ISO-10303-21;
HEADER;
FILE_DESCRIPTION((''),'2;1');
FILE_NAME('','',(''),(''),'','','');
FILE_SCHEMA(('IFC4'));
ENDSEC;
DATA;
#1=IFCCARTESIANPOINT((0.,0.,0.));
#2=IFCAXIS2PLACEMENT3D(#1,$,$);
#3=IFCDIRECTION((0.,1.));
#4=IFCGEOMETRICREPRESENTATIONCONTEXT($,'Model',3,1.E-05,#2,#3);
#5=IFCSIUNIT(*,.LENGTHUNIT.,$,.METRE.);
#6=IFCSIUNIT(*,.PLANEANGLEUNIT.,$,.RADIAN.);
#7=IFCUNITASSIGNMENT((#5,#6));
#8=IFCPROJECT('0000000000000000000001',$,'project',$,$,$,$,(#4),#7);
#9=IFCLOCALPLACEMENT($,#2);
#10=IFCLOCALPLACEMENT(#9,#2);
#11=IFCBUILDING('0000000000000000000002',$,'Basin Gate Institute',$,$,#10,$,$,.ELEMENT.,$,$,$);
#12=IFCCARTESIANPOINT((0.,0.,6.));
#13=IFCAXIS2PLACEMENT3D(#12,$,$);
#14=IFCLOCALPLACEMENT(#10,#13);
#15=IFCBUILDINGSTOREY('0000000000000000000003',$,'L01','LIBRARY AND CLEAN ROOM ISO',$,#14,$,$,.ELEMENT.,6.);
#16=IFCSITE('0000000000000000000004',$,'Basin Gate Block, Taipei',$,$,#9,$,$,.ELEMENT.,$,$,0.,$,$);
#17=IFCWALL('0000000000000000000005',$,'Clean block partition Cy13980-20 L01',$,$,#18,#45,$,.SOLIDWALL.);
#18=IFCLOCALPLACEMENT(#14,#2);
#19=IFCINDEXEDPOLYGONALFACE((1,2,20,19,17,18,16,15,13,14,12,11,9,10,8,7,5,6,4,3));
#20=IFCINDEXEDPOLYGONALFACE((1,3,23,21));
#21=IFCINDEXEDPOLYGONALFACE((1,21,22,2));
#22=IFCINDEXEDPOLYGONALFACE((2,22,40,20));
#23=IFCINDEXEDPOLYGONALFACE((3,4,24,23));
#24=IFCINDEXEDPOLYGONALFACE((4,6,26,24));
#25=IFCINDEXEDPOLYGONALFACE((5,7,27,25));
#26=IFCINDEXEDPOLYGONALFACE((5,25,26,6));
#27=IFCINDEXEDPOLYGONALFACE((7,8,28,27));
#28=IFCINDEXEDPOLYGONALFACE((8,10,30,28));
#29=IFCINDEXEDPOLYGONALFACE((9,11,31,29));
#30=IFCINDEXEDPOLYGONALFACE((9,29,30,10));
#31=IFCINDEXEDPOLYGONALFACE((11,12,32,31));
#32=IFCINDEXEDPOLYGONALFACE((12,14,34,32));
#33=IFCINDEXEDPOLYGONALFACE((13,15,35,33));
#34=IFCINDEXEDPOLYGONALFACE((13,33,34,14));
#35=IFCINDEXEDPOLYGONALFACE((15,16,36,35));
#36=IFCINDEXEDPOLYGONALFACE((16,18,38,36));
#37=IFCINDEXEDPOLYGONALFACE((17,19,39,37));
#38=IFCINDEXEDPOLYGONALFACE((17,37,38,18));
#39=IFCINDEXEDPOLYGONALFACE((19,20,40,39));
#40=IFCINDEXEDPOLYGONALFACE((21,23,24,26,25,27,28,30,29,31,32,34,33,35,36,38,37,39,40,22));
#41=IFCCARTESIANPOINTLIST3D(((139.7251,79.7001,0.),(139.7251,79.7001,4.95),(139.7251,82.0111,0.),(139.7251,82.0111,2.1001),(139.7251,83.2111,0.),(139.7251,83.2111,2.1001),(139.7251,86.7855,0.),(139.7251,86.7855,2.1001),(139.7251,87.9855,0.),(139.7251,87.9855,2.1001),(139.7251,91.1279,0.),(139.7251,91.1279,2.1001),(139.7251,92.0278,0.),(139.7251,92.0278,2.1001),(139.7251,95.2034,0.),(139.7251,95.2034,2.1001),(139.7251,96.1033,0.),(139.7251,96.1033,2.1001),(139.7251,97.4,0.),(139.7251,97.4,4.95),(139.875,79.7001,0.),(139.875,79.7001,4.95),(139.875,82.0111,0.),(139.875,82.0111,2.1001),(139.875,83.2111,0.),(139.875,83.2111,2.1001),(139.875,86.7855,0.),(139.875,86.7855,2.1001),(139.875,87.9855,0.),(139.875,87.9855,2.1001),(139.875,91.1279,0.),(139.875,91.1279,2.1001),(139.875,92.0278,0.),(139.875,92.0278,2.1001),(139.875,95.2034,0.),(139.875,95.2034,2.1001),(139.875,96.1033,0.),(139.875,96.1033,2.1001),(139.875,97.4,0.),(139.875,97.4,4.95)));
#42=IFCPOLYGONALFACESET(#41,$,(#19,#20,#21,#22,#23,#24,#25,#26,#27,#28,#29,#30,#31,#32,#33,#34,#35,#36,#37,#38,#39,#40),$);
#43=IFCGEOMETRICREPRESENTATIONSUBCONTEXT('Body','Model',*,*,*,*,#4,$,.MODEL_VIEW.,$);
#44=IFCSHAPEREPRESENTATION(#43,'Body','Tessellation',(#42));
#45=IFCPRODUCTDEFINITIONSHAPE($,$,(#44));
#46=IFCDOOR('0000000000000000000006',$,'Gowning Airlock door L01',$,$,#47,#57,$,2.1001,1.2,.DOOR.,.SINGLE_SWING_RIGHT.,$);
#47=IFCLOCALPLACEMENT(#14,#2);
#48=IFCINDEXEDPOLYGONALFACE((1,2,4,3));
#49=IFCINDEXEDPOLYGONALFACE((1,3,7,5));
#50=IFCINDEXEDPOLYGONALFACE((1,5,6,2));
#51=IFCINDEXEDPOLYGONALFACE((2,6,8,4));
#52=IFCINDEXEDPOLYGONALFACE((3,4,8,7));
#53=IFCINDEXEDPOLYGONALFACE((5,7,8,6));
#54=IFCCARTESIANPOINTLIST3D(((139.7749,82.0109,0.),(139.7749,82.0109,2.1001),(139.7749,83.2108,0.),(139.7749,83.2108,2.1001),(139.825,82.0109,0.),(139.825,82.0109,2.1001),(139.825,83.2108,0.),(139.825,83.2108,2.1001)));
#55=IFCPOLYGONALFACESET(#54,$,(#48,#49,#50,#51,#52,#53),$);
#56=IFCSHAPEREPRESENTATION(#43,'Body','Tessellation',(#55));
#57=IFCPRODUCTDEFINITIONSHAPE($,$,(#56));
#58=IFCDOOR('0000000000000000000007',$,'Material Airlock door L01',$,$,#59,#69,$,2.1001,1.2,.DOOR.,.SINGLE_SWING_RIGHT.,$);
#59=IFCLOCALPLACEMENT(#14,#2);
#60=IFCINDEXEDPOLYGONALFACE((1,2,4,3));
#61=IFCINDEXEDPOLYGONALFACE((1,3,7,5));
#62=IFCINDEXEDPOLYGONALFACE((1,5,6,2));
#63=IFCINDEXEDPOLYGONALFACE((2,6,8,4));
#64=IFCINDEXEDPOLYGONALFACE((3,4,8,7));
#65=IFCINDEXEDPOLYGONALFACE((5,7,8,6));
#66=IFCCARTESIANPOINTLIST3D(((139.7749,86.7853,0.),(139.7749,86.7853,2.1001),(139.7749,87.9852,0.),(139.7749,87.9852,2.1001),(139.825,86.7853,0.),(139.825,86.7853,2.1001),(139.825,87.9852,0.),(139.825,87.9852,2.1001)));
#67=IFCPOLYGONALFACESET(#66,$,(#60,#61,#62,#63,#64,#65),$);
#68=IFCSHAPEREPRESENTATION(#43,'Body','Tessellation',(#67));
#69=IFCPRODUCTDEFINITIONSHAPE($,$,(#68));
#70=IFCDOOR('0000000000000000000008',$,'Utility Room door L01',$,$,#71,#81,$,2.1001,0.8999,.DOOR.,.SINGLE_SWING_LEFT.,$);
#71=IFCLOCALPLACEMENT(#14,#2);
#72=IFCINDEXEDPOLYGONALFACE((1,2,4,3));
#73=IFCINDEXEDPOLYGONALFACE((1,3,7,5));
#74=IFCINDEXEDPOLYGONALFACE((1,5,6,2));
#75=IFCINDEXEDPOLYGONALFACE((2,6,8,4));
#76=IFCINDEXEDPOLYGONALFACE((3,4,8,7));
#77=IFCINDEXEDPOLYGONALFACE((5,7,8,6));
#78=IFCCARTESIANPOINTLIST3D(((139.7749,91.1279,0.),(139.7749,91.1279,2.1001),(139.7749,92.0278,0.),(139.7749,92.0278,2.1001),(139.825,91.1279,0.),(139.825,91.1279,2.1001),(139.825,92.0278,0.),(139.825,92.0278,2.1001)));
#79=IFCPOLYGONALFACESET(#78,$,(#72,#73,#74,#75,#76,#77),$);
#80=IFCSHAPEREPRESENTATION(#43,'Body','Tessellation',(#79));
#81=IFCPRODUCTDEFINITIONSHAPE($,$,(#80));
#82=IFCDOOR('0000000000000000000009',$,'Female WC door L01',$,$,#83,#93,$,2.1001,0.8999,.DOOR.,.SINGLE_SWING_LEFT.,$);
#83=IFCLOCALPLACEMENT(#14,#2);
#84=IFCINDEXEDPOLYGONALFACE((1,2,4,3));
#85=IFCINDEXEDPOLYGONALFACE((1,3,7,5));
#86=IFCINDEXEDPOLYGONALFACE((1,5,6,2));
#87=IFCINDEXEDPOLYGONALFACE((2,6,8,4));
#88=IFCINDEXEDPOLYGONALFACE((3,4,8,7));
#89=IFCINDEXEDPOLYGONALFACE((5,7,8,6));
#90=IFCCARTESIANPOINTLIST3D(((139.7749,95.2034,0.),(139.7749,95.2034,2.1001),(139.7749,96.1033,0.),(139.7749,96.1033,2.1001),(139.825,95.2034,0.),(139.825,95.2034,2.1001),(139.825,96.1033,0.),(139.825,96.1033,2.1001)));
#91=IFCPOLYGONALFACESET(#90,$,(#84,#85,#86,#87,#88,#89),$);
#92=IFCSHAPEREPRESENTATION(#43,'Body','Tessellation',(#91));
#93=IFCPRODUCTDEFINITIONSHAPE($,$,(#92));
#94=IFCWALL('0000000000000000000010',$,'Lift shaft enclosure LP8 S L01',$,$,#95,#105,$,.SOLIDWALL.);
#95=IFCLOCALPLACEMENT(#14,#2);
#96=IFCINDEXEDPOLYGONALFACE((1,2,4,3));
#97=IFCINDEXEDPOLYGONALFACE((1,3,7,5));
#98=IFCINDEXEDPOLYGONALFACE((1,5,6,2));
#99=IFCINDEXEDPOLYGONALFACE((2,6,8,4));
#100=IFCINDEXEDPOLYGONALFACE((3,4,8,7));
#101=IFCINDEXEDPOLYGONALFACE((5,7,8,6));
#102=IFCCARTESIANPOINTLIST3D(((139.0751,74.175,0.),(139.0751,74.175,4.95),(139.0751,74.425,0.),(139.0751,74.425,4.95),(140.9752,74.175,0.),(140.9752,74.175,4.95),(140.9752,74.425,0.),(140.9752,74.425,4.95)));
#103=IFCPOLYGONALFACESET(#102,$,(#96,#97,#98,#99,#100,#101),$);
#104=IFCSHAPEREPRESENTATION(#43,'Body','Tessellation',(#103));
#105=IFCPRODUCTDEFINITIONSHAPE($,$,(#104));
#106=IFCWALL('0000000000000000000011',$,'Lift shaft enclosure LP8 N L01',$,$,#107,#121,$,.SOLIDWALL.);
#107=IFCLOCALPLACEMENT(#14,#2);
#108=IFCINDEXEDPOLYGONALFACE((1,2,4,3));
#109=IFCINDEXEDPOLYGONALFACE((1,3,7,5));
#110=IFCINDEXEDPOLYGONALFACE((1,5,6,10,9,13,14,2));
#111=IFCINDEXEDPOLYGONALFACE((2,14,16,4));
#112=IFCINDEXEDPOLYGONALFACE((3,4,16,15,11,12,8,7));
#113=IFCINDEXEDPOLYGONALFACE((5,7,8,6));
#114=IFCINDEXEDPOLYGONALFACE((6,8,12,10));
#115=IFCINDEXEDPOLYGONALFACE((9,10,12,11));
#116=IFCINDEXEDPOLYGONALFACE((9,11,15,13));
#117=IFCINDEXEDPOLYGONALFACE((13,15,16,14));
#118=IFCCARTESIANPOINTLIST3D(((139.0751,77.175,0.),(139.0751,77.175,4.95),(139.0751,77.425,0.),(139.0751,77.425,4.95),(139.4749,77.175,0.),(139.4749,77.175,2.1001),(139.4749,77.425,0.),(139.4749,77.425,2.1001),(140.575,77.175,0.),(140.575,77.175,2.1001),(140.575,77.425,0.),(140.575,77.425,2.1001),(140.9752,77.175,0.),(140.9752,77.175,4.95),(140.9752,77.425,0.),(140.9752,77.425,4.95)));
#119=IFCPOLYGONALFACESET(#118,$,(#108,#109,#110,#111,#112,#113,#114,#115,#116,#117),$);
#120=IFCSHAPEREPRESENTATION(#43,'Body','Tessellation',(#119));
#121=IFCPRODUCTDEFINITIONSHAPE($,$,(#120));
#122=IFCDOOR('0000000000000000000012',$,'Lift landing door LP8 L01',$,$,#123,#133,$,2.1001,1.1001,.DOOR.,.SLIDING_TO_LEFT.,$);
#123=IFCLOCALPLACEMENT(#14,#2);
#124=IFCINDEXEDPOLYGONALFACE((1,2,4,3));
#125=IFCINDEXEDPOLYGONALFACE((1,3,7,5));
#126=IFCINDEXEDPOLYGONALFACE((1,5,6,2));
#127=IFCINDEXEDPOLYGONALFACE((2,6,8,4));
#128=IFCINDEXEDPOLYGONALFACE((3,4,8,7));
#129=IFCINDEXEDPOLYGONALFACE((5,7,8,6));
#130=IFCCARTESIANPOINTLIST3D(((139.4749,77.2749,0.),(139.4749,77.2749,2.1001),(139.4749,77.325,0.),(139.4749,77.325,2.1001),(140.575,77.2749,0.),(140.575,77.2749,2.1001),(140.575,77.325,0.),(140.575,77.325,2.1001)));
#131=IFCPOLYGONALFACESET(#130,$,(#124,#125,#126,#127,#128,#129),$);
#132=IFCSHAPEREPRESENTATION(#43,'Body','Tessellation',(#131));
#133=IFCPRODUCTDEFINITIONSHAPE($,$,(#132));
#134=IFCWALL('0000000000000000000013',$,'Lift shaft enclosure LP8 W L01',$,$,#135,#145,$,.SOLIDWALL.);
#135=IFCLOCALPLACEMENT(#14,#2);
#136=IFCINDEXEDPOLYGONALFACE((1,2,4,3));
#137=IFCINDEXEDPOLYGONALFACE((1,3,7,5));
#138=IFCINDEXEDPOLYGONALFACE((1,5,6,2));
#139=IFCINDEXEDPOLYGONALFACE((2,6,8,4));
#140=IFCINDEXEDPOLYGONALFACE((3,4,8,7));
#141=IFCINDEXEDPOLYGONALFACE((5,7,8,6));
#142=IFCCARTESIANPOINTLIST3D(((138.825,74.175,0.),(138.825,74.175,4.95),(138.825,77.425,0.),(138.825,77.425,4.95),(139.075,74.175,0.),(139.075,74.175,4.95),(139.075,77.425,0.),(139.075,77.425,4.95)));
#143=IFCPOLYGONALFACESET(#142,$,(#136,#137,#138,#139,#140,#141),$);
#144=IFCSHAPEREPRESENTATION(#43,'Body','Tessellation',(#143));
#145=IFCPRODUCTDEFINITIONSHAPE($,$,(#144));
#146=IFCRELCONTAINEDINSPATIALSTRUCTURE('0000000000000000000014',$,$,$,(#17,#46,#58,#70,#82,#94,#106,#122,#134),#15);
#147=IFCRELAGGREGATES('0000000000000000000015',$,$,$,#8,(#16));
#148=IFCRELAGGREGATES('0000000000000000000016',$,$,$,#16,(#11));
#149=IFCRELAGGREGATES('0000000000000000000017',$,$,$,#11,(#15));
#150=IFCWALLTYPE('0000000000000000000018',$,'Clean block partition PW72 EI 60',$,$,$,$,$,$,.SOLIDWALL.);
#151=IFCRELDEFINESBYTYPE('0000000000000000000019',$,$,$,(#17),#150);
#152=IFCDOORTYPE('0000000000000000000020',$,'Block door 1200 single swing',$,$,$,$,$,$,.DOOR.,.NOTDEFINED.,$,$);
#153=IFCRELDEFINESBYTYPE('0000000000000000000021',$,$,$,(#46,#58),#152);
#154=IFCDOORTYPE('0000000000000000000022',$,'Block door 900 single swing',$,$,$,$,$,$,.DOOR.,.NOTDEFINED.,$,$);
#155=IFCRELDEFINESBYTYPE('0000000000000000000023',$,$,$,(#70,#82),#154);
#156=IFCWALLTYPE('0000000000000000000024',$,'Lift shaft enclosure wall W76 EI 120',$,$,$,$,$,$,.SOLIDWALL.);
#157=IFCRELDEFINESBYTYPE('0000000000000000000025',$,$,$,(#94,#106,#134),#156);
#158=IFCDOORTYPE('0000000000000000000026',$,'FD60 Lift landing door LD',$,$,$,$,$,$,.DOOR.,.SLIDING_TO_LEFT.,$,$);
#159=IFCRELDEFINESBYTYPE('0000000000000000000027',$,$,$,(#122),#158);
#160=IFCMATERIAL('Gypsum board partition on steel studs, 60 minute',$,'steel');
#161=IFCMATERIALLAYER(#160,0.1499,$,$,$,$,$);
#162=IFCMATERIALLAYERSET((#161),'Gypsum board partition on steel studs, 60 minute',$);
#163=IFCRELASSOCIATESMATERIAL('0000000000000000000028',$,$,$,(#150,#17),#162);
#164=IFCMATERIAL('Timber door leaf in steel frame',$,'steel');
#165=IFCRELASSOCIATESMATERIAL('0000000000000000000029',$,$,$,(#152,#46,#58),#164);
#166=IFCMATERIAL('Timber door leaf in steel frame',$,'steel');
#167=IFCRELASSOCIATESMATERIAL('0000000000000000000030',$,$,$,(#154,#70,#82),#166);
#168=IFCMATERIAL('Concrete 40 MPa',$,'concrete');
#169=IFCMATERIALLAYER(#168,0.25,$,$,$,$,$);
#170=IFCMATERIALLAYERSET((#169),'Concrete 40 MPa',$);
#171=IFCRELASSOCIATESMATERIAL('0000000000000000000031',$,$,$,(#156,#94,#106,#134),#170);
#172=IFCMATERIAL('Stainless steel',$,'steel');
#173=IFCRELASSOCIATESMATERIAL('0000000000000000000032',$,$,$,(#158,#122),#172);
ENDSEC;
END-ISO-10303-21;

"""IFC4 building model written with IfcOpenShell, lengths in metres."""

from ifc_helpers import new_model, si_unit, direction, frame, frame_2d, origin, place, context, subcontext, project, spatial, rectangle, extrude, material, layer, layer_set, type_object, element, fill, save


model = new_model("IFC4")

# Units and contexts
model_context = context("Model", 3, precision=1e-05, world=origin(), true_north=direction((0.0, 1.0)))
body_context = subcontext(model_context, "Body", "Model", "MODEL_VIEW")
ifc_project = project(units=[si_unit("LENGTHUNIT", "METRE"), si_unit("PLANEANGLEUNIT", "RADIAN")], contexts=[model_context])

# Site, building, storey
site_placement = place(None, origin())
site = spatial("IfcSite", under=ifc_project, at=site_placement, Name="Basin Gate Block, Taipei", CompositionType="ELEMENT", RefElevation=0.0)
building_placement = place(site_placement, origin())
building = spatial("IfcBuilding", under=site, at=building_placement, Name="Basin Gate Institute", CompositionType="ELEMENT")
storey_placement = place(building_placement, frame((0.0, 0.0, 6.0)))
storey = spatial("IfcBuildingStorey", under=building, at=storey_placement, Name="L01", Description="LIBRARY AND CLEAN ROOM ISO", CompositionType="ELEMENT", Elevation=6.0)

# Shared definitions
ifc_material_1 = material(Name="Gypsum board partition on steel studs, 60 minute", Category="steel")
ifc_layer_1 = layer(ifc_material_1, 0.1499)
ifc_layer_set_1 = layer_set([ifc_layer_1], Name="Gypsum board partition on steel studs, 60 minute")
wall_type_1 = type_object("IfcWallType", Name="Clean block partition PW72 EI 60", PredefinedType="SOLIDWALL", material=ifc_layer_set_1)

# Wall, openings, doors
ifc_material_2 = material(Name="Timber door leaf in steel frame", Category="steel")
door_type_1 = type_object("IfcDoorType", Name="Block door 1200 single swing", OperationType="NOTDEFINED", PredefinedType="DOOR", material=ifc_material_2)
wall_1_placement = place(storey_placement, frame((139.8, 79.7, 0.0), z_axis=(0.0, 0.0, 1.0), x_axis=(0.0, 1.0, 0.0)))
wall_1 = element("IfcWall", 1, at=wall_1_placement, inside=storey, type_object=wall_type_1, material=ifc_layer_set_1, Name="Clean block partition Cy13980-20 L01", PredefinedType="SOLIDWALL", context=body_context, shape_type="SweptSolid", body=[
    extrude(rectangle(XDim=17.7, YDim=0.1499, at=frame_2d((8.8501, 0.0))), origin(), (0.0, 0.0, 1.0), 4.95),
])
opening_1_placement = place(wall_1_placement, frame((2.311, 0.0, 0.0)))
opening_1 = element("IfcOpeningElement", 2, at=opening_1_placement, cuts=wall_1, PredefinedType="OPENING", context=body_context, shape_type="SweptSolid", body=[
    extrude(rectangle(XDim=1.2, YDim=2.1001, at=frame_2d((0.6001, 1.05))), frame((0.0, 0.085, 0.0), z_axis=(0.0, -1.0, 0.0), x_axis=(1.0, 0.0, 0.0)), (0.0, 0.0, 1.0), 0.1699),
])
opening_2_placement = place(wall_1_placement, frame((7.0854, 0.0, 0.0)))
opening_2 = element("IfcOpeningElement", 3, at=opening_2_placement, cuts=wall_1, PredefinedType="OPENING", context=body_context, shape_type="SweptSolid", body=[
    extrude(rectangle(XDim=1.2, YDim=2.1001, at=frame_2d((0.6001, 1.05))), frame((0.0, 0.085, 0.0), z_axis=(0.0, -1.0, 0.0), x_axis=(1.0, 0.0, 0.0)), (0.0, 0.0, 1.0), 0.1699),
])
opening_3_placement = place(wall_1_placement, frame((11.428, 0.0, 0.0)))
opening_3 = element("IfcOpeningElement", 4, at=opening_3_placement, cuts=wall_1, PredefinedType="OPENING", context=body_context, shape_type="SweptSolid", body=[
    extrude(rectangle(XDim=0.8999, YDim=2.1001, at=frame_2d((0.45, 1.05))), frame((0.0, 0.085, 0.0), z_axis=(0.0, -1.0, 0.0), x_axis=(1.0, 0.0, 0.0)), (0.0, 0.0, 1.0), 0.1699),
])
opening_4_placement = place(wall_1_placement, frame((15.5034, 0.0, 0.0)))
opening_4 = element("IfcOpeningElement", 5, at=opening_4_placement, cuts=wall_1, PredefinedType="OPENING", context=body_context, shape_type="SweptSolid", body=[
    extrude(rectangle(XDim=0.8999, YDim=2.1001, at=frame_2d((0.45, 1.05))), frame((0.0, 0.085, 0.0), z_axis=(0.0, -1.0, 0.0), x_axis=(1.0, 0.0, 0.0)), (0.0, 0.0, 1.0), 0.1699),
])
door_1_placement = place(opening_1_placement, frame((1.2, 0.0, 0.0), z_axis=(0.0, 0.0, 1.0), x_axis=(-1.0, 0.0, 0.0)))
door_1 = element("IfcDoor", 6, at=door_1_placement, inside=storey, type_object=door_type_1, material=ifc_material_2, Name="Gowning Airlock door L01", OperationType="SINGLE_SWING_RIGHT", OverallHeight=2.1001, OverallWidth=1.2, PredefinedType="DOOR", context=body_context, shape_type="SweptSolid", body=[
    extrude(rectangle(XDim=1.2, YDim=2.1001, at=frame_2d((0.6001, 1.05))), frame((0.0, 0.0249, 0.0), z_axis=(0.0, -1.0, 0.0), x_axis=(1.0, 0.0, 0.0)), (0.0, 0.0, 1.0), 0.05),
])
fill(opening_1, door_1)
door_2_placement = place(opening_2_placement, frame((1.2, 0.0, 0.0), z_axis=(0.0, 0.0, 1.0), x_axis=(-1.0, 0.0, 0.0)))
door_2 = element("IfcDoor", 7, at=door_2_placement, inside=storey, type_object=door_type_1, material=ifc_material_2, Name="Material Airlock door L01", OperationType="SINGLE_SWING_RIGHT", OverallHeight=2.1001, OverallWidth=1.2, PredefinedType="DOOR", context=body_context, shape_type="SweptSolid", body=[
    extrude(rectangle(XDim=1.2, YDim=2.1001, at=frame_2d((0.6001, 1.05))), frame((0.0, 0.0249, 0.0), z_axis=(0.0, -1.0, 0.0), x_axis=(1.0, 0.0, 0.0)), (0.0, 0.0, 1.0), 0.05),
])
fill(opening_2, door_2)
ifc_material_3 = material(Name="Timber door leaf in steel frame", Category="steel")
door_type_2 = type_object("IfcDoorType", Name="Block door 900 single swing", OperationType="NOTDEFINED", PredefinedType="DOOR", material=ifc_material_3)
door_3_placement = place(opening_3_placement, frame((0.8999, 0.0, 0.0), z_axis=(0.0, 0.0, 1.0), x_axis=(-1.0, 0.0, 0.0)))
door_3 = element("IfcDoor", 8, at=door_3_placement, inside=storey, type_object=door_type_2, material=ifc_material_3, Name="Utility Room door L01", OperationType="SINGLE_SWING_LEFT", OverallHeight=2.1001, OverallWidth=0.8999, PredefinedType="DOOR", context=body_context, shape_type="SweptSolid", body=[
    extrude(rectangle(XDim=0.8999, YDim=2.1001, at=frame_2d((0.45, 1.05))), frame((0.0, 0.0249, 0.0), z_axis=(0.0, -1.0, 0.0), x_axis=(1.0, 0.0, 0.0)), (0.0, 0.0, 1.0), 0.05),
])
fill(opening_3, door_3)
door_4_placement = place(opening_4_placement, frame((0.8999, 0.0, 0.0), z_axis=(0.0, 0.0, 1.0), x_axis=(-1.0, 0.0, 0.0)))
door_4 = element("IfcDoor", 9, at=door_4_placement, inside=storey, type_object=door_type_2, material=ifc_material_3, Name="Female WC door L01", OperationType="SINGLE_SWING_LEFT", OverallHeight=2.1001, OverallWidth=0.8999, PredefinedType="DOOR", context=body_context, shape_type="SweptSolid", body=[
    extrude(rectangle(XDim=0.8999, YDim=2.1001, at=frame_2d((0.45, 1.05))), frame((0.0, 0.0249, 0.0), z_axis=(0.0, -1.0, 0.0), x_axis=(1.0, 0.0, 0.0)), (0.0, 0.0, 1.0), 0.05),
])
fill(opening_4, door_4)

# Wall
ifc_material_4 = material(Name="Concrete 40 MPa", Category="concrete")
ifc_layer_2 = layer(ifc_material_4, 0.25)
ifc_layer_set_2 = layer_set([ifc_layer_2], Name="Concrete 40 MPa")
wall_type_2 = type_object("IfcWallType", Name="Lift shaft enclosure wall W76 EI 120", PredefinedType="SOLIDWALL", material=ifc_layer_set_2)
wall_2_placement = place(storey_placement, frame((139.075, 74.3, 0.0), z_axis=(0.0, 0.0, 1.0), x_axis=(1.0, 0.0, 0.0)))
element("IfcWall", 10, at=wall_2_placement, inside=storey, type_object=wall_type_2, material=ifc_layer_set_2, Name="Lift shaft enclosure LP8 S L01", PredefinedType="SOLIDWALL", context=body_context, shape_type="SweptSolid", body=[
    extrude(rectangle(XDim=1.9001, YDim=0.25, at=frame_2d((0.9502, 0.0))), origin(), (0.0, 0.0, 1.0), 4.95),
])

# Wall, opening, door
wall_3_placement = place(storey_placement, frame((139.075, 77.3, 0.0), z_axis=(0.0, 0.0, 1.0), x_axis=(1.0, 0.0, 0.0)))
wall_3 = element("IfcWall", 11, at=wall_3_placement, inside=storey, type_object=wall_type_2, material=ifc_layer_set_2, Name="Lift shaft enclosure LP8 N L01", PredefinedType="SOLIDWALL", context=body_context, shape_type="SweptSolid", body=[
    extrude(rectangle(XDim=1.9001, YDim=0.25, at=frame_2d((0.9502, 0.0))), origin(), (0.0, 0.0, 1.0), 4.95),
])
opening_5_placement = place(wall_3_placement, frame((0.3999, 0.0, 0.0)))
opening_5 = element("IfcOpeningElement", 12, at=opening_5_placement, cuts=wall_3, PredefinedType="OPENING", context=body_context, shape_type="SweptSolid", body=[
    extrude(rectangle(XDim=1.1001, YDim=2.1001, at=frame_2d((0.55, 1.05))), frame((0.0, 0.135, 0.0), z_axis=(0.0, -1.0, 0.0), x_axis=(1.0, 0.0, 0.0)), (0.0, 0.0, 1.0), 0.27),
])
ifc_material_5 = material(Name="Stainless steel", Category="steel")
door_type_3 = type_object("IfcDoorType", Name="FD60 Lift landing door LD", OperationType="SLIDING_TO_LEFT", PredefinedType="DOOR", material=ifc_material_5)
door_5_placement = place(opening_5_placement, origin())
door_5 = element("IfcDoor", 13, at=door_5_placement, inside=storey, type_object=door_type_3, material=ifc_material_5, Name="Lift landing door LP8 L01", OperationType="SLIDING_TO_LEFT", OverallHeight=2.1001, OverallWidth=1.1001, PredefinedType="DOOR", context=body_context, shape_type="SweptSolid", body=[
    extrude(rectangle(XDim=1.1001, YDim=2.1001, at=frame_2d((0.55, 1.05))), frame((0.0, 0.0249, 0.0), z_axis=(0.0, -1.0, 0.0), x_axis=(1.0, 0.0, 0.0)), (0.0, 0.0, 1.0), 0.05),
])
fill(opening_5, door_5)

# Wall
wall_4_placement = place(storey_placement, frame((138.95, 74.175, 0.0), z_axis=(0.0, 0.0, 1.0), x_axis=(0.0, 1.0, 0.0)))
element("IfcWall", 14, at=wall_4_placement, inside=storey, type_object=wall_type_2, material=ifc_layer_set_2, Name="Lift shaft enclosure LP8 W L01", PredefinedType="SOLIDWALL", context=body_context, shape_type="SweptSolid", body=[
    extrude(rectangle(XDim=3.25, YDim=0.25, at=frame_2d((1.625, 0.0))), origin(), (0.0, 0.0, 1.0), 4.95),
])

save(model, "model.ifc")
